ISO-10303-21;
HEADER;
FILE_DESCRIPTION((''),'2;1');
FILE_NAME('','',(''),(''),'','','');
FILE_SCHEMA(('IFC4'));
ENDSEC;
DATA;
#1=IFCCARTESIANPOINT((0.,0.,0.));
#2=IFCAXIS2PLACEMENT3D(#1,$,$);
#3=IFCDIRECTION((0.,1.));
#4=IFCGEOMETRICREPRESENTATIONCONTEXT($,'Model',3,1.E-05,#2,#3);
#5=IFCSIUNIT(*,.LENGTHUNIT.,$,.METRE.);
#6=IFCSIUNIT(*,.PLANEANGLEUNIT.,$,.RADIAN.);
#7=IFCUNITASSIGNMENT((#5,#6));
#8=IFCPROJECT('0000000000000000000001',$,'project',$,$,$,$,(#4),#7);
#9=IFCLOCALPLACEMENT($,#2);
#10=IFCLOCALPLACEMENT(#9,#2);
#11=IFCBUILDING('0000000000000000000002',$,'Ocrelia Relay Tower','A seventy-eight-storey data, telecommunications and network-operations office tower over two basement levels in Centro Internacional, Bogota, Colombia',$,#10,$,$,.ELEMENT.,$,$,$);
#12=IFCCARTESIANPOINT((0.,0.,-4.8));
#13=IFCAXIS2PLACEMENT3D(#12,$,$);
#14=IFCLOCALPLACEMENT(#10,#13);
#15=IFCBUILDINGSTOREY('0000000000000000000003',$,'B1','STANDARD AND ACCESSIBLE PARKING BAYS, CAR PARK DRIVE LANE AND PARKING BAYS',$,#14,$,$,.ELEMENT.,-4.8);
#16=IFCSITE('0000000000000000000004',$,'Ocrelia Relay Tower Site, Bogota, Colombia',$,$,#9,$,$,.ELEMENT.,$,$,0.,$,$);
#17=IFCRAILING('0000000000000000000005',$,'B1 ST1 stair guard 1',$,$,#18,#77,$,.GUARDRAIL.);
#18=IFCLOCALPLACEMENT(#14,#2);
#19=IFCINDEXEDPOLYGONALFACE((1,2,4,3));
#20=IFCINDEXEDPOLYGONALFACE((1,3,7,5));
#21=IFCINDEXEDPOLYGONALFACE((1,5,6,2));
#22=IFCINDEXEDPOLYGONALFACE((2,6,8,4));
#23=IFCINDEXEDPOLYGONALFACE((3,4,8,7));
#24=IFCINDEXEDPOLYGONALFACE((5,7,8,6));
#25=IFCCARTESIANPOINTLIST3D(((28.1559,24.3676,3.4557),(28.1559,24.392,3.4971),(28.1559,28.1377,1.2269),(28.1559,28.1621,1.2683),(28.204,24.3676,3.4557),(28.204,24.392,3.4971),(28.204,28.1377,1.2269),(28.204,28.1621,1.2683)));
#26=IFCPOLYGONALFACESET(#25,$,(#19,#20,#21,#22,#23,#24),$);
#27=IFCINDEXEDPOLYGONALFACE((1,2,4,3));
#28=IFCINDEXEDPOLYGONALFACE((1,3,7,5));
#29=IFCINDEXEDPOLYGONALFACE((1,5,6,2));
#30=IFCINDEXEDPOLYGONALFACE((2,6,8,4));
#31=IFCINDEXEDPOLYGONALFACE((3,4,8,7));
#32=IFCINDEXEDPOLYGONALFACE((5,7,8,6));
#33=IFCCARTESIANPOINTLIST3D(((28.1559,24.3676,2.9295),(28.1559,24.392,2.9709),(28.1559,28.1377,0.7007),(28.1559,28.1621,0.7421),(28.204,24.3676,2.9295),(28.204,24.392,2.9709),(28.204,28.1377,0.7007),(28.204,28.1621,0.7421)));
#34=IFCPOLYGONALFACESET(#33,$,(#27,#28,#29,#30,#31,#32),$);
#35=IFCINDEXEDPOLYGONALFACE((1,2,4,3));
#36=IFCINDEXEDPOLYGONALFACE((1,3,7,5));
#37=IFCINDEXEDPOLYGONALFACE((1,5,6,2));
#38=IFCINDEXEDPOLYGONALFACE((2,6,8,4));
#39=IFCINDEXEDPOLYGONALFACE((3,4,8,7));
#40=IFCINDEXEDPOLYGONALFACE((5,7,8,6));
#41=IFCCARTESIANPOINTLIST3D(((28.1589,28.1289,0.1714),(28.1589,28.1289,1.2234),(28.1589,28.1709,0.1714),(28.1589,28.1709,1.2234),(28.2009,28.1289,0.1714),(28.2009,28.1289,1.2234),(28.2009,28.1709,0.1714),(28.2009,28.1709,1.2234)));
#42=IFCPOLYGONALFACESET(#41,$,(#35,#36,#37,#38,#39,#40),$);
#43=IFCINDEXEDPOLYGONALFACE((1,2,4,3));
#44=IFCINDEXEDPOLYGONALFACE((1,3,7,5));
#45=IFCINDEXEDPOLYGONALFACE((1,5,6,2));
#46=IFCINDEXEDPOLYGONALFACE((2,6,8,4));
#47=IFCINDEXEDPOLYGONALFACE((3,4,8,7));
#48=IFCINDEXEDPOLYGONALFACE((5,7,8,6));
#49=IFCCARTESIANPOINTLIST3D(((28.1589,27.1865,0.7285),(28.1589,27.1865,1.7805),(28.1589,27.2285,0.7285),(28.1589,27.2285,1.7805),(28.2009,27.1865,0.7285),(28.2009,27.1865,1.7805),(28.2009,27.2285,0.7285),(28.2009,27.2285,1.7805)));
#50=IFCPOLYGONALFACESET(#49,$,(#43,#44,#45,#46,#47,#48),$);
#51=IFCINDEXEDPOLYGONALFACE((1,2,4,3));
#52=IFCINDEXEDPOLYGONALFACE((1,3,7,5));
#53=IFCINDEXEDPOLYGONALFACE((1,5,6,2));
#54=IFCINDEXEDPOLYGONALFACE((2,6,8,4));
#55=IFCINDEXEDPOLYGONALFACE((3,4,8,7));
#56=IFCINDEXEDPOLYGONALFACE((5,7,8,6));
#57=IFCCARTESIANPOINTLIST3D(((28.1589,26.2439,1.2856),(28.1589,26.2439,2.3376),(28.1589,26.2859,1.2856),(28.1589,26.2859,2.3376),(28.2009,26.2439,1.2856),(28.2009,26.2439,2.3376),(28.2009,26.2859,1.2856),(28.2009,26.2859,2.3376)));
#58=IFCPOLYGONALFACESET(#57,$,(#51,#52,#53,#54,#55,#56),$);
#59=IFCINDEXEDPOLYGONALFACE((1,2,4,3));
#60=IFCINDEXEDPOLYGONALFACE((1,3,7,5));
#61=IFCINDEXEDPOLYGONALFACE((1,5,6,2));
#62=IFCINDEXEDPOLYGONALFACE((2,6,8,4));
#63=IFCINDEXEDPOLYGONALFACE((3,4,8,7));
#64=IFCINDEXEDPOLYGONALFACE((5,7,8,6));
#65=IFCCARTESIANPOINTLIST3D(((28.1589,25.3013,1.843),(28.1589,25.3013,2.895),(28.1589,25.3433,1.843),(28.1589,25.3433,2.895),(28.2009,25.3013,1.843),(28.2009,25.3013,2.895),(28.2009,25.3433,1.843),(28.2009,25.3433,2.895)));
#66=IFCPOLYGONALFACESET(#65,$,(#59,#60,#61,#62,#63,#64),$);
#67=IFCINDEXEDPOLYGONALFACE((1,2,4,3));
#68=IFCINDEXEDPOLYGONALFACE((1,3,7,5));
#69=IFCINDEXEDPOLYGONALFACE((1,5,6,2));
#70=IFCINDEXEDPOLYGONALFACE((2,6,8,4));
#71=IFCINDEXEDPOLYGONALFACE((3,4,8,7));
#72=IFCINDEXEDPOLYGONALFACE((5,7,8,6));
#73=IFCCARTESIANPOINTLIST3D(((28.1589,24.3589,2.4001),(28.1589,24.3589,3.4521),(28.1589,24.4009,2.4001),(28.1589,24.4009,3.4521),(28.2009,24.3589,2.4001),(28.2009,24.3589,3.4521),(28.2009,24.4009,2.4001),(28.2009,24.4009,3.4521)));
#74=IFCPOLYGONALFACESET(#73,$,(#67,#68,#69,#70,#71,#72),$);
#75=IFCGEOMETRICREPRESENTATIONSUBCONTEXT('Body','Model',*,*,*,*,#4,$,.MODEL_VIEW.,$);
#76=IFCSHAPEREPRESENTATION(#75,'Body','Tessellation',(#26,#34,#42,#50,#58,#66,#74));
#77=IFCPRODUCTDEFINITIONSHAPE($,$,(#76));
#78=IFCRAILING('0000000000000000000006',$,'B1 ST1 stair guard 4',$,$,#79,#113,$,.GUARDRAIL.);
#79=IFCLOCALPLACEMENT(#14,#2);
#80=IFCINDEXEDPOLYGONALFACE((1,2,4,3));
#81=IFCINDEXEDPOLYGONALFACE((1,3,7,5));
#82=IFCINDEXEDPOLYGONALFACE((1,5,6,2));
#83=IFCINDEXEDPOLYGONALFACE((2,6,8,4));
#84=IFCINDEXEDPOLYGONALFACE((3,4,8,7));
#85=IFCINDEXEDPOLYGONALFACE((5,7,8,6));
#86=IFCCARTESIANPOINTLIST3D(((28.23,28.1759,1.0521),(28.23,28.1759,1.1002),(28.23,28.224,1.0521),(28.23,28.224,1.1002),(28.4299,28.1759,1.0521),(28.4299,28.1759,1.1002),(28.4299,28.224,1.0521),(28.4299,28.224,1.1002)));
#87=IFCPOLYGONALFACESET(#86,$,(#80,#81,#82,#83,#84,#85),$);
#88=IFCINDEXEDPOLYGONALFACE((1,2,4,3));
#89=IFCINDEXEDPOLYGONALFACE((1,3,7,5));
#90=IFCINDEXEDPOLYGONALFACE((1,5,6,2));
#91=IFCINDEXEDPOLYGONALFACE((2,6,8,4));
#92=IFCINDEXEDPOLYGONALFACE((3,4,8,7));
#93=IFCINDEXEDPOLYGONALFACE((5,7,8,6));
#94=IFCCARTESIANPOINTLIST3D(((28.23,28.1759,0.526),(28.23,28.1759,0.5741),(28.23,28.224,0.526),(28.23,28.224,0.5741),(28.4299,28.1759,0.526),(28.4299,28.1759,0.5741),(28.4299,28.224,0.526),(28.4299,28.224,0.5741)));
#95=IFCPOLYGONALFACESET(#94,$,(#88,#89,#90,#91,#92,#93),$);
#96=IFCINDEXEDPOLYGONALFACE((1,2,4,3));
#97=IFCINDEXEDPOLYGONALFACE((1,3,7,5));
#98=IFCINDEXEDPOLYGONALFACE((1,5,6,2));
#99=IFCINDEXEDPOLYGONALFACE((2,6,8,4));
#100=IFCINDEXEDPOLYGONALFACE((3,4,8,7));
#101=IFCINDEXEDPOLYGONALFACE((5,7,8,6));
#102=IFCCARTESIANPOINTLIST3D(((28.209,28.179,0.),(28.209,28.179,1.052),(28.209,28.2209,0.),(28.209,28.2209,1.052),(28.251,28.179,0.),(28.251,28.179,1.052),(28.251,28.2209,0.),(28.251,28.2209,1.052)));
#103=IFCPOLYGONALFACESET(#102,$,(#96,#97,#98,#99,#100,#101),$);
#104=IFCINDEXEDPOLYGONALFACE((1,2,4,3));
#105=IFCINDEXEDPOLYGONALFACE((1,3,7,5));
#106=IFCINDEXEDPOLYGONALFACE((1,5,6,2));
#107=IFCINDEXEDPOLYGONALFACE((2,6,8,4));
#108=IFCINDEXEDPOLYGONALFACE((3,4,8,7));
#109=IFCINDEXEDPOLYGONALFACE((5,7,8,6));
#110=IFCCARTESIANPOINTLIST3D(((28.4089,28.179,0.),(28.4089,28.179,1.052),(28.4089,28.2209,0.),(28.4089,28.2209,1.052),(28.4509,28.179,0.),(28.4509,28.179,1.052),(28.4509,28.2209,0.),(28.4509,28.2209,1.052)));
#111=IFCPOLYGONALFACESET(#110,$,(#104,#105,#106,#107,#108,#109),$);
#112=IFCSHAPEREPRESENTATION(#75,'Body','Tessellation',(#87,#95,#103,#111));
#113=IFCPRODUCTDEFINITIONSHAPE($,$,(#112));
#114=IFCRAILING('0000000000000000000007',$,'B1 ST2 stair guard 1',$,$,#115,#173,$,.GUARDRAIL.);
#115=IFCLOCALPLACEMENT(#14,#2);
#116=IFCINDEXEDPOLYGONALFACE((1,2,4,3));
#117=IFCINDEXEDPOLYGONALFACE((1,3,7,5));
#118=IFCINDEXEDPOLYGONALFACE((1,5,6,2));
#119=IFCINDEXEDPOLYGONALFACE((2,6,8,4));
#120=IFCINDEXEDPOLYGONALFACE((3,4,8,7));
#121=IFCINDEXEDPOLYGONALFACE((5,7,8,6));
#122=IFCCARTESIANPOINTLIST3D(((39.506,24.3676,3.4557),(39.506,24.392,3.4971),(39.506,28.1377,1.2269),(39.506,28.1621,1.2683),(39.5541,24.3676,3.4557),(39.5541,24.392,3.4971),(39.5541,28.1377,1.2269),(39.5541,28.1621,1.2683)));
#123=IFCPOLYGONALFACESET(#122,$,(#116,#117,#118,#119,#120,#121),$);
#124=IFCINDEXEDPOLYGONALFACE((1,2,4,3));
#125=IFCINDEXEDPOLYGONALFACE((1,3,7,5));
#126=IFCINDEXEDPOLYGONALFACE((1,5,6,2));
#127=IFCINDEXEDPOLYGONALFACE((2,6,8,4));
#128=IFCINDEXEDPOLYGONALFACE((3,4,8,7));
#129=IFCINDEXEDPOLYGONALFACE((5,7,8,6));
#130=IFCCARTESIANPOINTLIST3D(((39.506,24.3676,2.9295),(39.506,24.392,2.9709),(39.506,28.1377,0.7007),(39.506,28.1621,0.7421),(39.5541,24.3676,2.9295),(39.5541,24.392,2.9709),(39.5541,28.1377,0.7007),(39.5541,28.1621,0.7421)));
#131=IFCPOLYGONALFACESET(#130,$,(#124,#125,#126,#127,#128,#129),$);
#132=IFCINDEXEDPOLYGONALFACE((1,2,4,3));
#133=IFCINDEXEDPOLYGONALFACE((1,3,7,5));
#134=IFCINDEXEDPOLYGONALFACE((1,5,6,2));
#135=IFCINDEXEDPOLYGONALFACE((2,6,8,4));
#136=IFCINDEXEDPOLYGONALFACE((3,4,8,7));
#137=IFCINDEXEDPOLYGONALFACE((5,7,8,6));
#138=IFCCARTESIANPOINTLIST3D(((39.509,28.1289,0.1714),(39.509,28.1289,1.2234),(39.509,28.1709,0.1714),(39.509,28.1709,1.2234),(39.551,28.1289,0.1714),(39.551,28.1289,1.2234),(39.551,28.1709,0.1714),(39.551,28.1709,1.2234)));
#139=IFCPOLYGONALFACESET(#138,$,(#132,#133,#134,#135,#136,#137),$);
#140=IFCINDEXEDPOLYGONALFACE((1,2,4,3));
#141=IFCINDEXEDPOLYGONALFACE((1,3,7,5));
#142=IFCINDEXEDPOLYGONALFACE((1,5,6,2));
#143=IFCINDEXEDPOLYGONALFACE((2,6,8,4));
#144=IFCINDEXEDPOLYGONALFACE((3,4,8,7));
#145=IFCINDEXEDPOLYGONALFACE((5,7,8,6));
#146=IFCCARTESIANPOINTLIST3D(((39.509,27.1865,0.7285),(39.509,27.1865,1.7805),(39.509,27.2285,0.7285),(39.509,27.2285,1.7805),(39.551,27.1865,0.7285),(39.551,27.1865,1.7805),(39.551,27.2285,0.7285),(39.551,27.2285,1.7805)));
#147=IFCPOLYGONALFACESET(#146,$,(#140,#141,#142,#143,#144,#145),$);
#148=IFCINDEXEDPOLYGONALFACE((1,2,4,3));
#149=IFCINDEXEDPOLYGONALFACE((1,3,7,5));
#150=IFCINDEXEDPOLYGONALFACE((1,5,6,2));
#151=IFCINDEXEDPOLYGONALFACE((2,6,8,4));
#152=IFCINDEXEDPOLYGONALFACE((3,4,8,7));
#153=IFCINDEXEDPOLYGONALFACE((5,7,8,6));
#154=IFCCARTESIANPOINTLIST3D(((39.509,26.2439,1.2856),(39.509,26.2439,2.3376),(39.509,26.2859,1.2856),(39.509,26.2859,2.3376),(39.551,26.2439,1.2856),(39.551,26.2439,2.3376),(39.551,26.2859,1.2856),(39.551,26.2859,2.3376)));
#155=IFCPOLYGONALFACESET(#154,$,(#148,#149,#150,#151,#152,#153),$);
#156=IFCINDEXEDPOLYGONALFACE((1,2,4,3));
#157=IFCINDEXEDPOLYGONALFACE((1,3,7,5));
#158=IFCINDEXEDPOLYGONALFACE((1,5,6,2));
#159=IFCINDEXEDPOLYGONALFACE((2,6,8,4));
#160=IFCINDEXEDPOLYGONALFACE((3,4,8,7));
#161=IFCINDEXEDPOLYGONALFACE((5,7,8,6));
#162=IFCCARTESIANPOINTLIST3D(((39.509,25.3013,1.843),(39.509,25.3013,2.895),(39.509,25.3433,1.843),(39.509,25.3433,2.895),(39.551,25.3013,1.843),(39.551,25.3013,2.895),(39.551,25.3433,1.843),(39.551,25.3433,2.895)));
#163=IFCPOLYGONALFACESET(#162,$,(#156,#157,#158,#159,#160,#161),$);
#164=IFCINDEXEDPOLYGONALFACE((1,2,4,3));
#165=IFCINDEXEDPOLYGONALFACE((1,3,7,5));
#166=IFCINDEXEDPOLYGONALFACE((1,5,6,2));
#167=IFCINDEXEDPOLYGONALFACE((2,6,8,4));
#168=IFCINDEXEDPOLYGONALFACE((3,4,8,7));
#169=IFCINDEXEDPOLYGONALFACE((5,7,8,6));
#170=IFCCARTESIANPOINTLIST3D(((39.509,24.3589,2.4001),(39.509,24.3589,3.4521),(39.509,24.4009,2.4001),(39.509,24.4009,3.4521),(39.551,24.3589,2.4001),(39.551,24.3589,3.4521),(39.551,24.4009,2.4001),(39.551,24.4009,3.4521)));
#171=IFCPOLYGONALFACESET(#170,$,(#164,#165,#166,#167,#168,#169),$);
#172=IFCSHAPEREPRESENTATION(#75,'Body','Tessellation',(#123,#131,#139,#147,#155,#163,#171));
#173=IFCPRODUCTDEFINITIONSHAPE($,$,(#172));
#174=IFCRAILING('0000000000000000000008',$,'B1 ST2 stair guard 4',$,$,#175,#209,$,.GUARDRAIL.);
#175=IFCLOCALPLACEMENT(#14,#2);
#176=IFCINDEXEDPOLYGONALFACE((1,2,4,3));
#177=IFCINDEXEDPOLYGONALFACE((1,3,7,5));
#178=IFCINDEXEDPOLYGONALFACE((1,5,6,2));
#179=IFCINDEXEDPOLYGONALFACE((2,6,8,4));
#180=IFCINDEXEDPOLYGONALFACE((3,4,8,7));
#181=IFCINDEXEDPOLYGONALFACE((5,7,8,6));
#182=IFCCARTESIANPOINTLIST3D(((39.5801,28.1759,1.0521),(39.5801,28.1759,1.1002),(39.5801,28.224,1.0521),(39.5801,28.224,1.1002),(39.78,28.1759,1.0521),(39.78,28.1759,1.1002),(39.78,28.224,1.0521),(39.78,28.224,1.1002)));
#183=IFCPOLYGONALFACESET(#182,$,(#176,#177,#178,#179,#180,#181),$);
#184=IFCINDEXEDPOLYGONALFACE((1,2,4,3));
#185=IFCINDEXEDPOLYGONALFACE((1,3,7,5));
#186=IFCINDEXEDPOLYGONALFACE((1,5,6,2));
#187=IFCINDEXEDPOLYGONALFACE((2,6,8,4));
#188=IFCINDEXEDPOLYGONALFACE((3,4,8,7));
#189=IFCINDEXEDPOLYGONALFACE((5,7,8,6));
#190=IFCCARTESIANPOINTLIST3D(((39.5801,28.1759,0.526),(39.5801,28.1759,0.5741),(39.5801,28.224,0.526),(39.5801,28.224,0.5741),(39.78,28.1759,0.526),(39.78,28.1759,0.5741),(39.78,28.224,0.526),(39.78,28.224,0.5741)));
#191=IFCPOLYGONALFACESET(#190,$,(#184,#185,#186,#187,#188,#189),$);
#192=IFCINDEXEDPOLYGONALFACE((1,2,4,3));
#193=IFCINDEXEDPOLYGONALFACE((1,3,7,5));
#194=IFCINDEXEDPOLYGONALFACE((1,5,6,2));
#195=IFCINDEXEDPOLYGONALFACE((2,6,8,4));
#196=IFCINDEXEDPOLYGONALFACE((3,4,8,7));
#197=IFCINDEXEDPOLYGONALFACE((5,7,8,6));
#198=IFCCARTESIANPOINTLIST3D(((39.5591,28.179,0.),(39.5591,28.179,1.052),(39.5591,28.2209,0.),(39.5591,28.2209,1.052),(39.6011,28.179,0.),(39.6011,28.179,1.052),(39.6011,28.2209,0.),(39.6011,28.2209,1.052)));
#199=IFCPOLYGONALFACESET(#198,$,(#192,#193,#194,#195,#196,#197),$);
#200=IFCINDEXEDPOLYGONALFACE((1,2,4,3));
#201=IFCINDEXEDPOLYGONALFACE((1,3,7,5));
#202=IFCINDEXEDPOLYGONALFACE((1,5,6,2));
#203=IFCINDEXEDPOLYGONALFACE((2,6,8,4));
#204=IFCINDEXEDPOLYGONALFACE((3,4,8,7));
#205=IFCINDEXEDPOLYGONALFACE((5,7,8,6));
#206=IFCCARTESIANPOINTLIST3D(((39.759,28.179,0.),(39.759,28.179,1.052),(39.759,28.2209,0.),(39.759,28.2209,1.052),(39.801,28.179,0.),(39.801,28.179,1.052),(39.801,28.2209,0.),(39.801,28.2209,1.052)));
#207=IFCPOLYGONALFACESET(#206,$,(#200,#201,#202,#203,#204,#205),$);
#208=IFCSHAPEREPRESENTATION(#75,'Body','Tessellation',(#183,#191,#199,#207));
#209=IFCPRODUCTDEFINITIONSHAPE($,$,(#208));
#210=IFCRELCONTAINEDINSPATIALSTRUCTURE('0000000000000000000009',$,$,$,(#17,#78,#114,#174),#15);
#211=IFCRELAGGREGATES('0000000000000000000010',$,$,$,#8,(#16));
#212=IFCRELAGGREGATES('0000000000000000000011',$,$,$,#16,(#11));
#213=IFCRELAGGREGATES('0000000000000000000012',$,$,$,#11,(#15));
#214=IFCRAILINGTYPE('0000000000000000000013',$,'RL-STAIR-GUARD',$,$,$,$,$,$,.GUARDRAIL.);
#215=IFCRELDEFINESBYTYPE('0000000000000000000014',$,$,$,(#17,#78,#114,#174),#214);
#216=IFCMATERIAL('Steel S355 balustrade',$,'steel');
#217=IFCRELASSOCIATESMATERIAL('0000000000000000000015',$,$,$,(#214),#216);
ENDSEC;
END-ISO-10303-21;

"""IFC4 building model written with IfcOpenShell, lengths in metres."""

from ifc_helpers import new_model, si_unit, direction, frame, origin, origin_2d, place, context, subcontext, project, spatial, rectangle, extrude, material, type_object, element, save


model = new_model("IFC4")

# Units and contexts
model_context = context("Model", 3, precision=1e-05, world=origin(), true_north=direction((0.0, 1.0)))
body_context = subcontext(model_context, "Body", "Model", "MODEL_VIEW")
ifc_project = project(units=[si_unit("LENGTHUNIT", "METRE"), si_unit("PLANEANGLEUNIT", "RADIAN")], contexts=[model_context])

# Site, building, storey
site_placement = place(None, origin())
site = spatial("IfcSite", under=ifc_project, at=site_placement, Name="Ocrelia Relay Tower Site, Bogota, Colombia", CompositionType="ELEMENT", RefElevation=0.0)
building_placement = place(site_placement, origin())
building = spatial("IfcBuilding", under=site, at=building_placement, Name="Ocrelia Relay Tower", Description="A seventy-eight-storey data, telecommunications and network-operations office tower over two basement levels in Centro Internacional, Bogota, Colombia", CompositionType="ELEMENT")
storey_placement = place(building_placement, frame((0.0, 0.0, -4.8)))
storey = spatial("IfcBuildingStorey", under=building, at=storey_placement, Name="B1", Description="STANDARD AND ACCESSIBLE PARKING BAYS, CAR PARK DRIVE LANE AND PARKING BAYS", CompositionType="ELEMENT", Elevation=-4.8)

# Railings
ifc_material_1 = material(Name="Steel S355 balustrade", Category="steel")
railing_type_1 = type_object("IfcRailingType", Name="RL-STAIR-GUARD", PredefinedType="GUARDRAIL", material=ifc_material_1)
railing_1_placement = place(storey_placement, frame((28.1799, 28.1499, 0.1714)))
element("IfcRailing", 1, at=railing_1_placement, inside=storey, type_object=railing_type_1, Name="B1 ST1 stair guard 1", PredefinedType="GUARDRAIL", context=body_context, shape_type="SweptSolid", body=[
    extrude(rectangle(XDim=0.0481, YDim=0.0481, at=origin_2d()), frame((0.0, 0.0, 1.0762), z_axis=(0.0, -0.860824, 0.508902), x_axis=(1.0, 0.0, 0.0)), (0.0, 0.0, 1.0), 4.3796),
    extrude(rectangle(XDim=0.0481, YDim=0.0481, at=origin_2d()), frame((0.0, 0.0, 0.55), z_axis=(0.0, -0.860824, 0.508902), x_axis=(1.0, 0.0, 0.0)), (0.0, 0.0, 1.0), 4.3796),
    extrude(rectangle(XDim=0.042, YDim=0.042, at=origin_2d()), origin(), (0.0, 0.0, 1.0), 1.052),
    extrude(rectangle(XDim=0.042, YDim=0.042, at=origin_2d()), frame((0.0, -0.9424, 0.5571)), (0.0, 0.0, 1.0), 1.052),
    extrude(rectangle(XDim=0.042, YDim=0.042, at=origin_2d()), frame((0.0, -1.885, 1.1143)), (0.0, 0.0, 1.0), 1.052),
    extrude(rectangle(XDim=0.042, YDim=0.042, at=origin_2d()), frame((0.0, -2.8276, 1.6716)), (0.0, 0.0, 1.0), 1.052),
    extrude(rectangle(XDim=0.042, YDim=0.042, at=origin_2d()), frame((0.0, -3.77, 2.2288)), (0.0, 0.0, 1.0), 1.052),
])
railing_2_placement = place(storey_placement, frame((28.23, 28.2, 0.0)))
element("IfcRailing", 2, at=railing_2_placement, inside=storey, type_object=railing_type_1, Name="B1 ST1 stair guard 4", PredefinedType="GUARDRAIL", context=body_context, shape_type="SweptSolid", body=[
    extrude(rectangle(XDim=0.0481, YDim=0.0481, at=origin_2d()), frame((0.0, 0.0, 1.0762), z_axis=(1.0, 0.0, 0.0), x_axis=(0.0, 1.0, 0.0)), (0.0, 0.0, 1.0), 0.2),
    extrude(rectangle(XDim=0.0481, YDim=0.0481, at=origin_2d()), frame((0.0, 0.0, 0.55), z_axis=(1.0, 0.0, 0.0), x_axis=(0.0, 1.0, 0.0)), (0.0, 0.0, 1.0), 0.2),
    extrude(rectangle(XDim=0.042, YDim=0.042, at=origin_2d()), origin(), (0.0, 0.0, 1.0), 1.052),
    extrude(rectangle(XDim=0.042, YDim=0.042, at=origin_2d()), frame((0.2, 0.0, 0.0)), (0.0, 0.0, 1.0), 1.052),
])
railing_3_placement = place(storey_placement, frame((39.53, 28.1499, 0.1714)))
element("IfcRailing", 3, at=railing_3_placement, inside=storey, type_object=railing_type_1, Name="B1 ST2 stair guard 1", PredefinedType="GUARDRAIL", context=body_context, shape_type="SweptSolid", body=[
    extrude(rectangle(XDim=0.0481, YDim=0.0481, at=origin_2d()), frame((0.0, 0.0, 1.0762), z_axis=(0.0, -0.860824, 0.508902), x_axis=(1.0, 0.0, 0.0)), (0.0, 0.0, 1.0), 4.3796),
    extrude(rectangle(XDim=0.0481, YDim=0.0481, at=origin_2d()), frame((0.0, 0.0, 0.55), z_axis=(0.0, -0.860824, 0.508902), x_axis=(1.0, 0.0, 0.0)), (0.0, 0.0, 1.0), 4.3796),
    extrude(rectangle(XDim=0.042, YDim=0.042, at=origin_2d()), origin(), (0.0, 0.0, 1.0), 1.052),
    extrude(rectangle(XDim=0.042, YDim=0.042, at=origin_2d()), frame((0.0, -0.9424, 0.5571)), (0.0, 0.0, 1.0), 1.052),
    extrude(rectangle(XDim=0.042, YDim=0.042, at=origin_2d()), frame((0.0, -1.885, 1.1143)), (0.0, 0.0, 1.0), 1.052),
    extrude(rectangle(XDim=0.042, YDim=0.042, at=origin_2d()), frame((0.0, -2.8276, 1.6716)), (0.0, 0.0, 1.0), 1.052),
    extrude(rectangle(XDim=0.042, YDim=0.042, at=origin_2d()), frame((0.0, -3.77, 2.2288)), (0.0, 0.0, 1.0), 1.052),
])
railing_4_placement = place(storey_placement, frame((39.5801, 28.2, 0.0)))
element("IfcRailing", 4, at=railing_4_placement, inside=storey, type_object=railing_type_1, Name="B1 ST2 stair guard 4", PredefinedType="GUARDRAIL", context=body_context, shape_type="SweptSolid", body=[
    extrude(rectangle(XDim=0.0481, YDim=0.0481, at=origin_2d()), frame((0.0, 0.0, 1.0762), z_axis=(1.0, 0.0, 0.0), x_axis=(0.0, 1.0, 0.0)), (0.0, 0.0, 1.0), 0.2),
    extrude(rectangle(XDim=0.0481, YDim=0.0481, at=origin_2d()), frame((0.0, 0.0, 0.55), z_axis=(1.0, 0.0, 0.0), x_axis=(0.0, 1.0, 0.0)), (0.0, 0.0, 1.0), 0.2),
    extrude(rectangle(XDim=0.042, YDim=0.042, at=origin_2d()), origin(), (0.0, 0.0, 1.0), 1.052),
    extrude(rectangle(XDim=0.042, YDim=0.042, at=origin_2d()), frame((0.2, 0.0, 0.0)), (0.0, 0.0, 1.0), 1.052),
])

save(model, "model.ifc")
